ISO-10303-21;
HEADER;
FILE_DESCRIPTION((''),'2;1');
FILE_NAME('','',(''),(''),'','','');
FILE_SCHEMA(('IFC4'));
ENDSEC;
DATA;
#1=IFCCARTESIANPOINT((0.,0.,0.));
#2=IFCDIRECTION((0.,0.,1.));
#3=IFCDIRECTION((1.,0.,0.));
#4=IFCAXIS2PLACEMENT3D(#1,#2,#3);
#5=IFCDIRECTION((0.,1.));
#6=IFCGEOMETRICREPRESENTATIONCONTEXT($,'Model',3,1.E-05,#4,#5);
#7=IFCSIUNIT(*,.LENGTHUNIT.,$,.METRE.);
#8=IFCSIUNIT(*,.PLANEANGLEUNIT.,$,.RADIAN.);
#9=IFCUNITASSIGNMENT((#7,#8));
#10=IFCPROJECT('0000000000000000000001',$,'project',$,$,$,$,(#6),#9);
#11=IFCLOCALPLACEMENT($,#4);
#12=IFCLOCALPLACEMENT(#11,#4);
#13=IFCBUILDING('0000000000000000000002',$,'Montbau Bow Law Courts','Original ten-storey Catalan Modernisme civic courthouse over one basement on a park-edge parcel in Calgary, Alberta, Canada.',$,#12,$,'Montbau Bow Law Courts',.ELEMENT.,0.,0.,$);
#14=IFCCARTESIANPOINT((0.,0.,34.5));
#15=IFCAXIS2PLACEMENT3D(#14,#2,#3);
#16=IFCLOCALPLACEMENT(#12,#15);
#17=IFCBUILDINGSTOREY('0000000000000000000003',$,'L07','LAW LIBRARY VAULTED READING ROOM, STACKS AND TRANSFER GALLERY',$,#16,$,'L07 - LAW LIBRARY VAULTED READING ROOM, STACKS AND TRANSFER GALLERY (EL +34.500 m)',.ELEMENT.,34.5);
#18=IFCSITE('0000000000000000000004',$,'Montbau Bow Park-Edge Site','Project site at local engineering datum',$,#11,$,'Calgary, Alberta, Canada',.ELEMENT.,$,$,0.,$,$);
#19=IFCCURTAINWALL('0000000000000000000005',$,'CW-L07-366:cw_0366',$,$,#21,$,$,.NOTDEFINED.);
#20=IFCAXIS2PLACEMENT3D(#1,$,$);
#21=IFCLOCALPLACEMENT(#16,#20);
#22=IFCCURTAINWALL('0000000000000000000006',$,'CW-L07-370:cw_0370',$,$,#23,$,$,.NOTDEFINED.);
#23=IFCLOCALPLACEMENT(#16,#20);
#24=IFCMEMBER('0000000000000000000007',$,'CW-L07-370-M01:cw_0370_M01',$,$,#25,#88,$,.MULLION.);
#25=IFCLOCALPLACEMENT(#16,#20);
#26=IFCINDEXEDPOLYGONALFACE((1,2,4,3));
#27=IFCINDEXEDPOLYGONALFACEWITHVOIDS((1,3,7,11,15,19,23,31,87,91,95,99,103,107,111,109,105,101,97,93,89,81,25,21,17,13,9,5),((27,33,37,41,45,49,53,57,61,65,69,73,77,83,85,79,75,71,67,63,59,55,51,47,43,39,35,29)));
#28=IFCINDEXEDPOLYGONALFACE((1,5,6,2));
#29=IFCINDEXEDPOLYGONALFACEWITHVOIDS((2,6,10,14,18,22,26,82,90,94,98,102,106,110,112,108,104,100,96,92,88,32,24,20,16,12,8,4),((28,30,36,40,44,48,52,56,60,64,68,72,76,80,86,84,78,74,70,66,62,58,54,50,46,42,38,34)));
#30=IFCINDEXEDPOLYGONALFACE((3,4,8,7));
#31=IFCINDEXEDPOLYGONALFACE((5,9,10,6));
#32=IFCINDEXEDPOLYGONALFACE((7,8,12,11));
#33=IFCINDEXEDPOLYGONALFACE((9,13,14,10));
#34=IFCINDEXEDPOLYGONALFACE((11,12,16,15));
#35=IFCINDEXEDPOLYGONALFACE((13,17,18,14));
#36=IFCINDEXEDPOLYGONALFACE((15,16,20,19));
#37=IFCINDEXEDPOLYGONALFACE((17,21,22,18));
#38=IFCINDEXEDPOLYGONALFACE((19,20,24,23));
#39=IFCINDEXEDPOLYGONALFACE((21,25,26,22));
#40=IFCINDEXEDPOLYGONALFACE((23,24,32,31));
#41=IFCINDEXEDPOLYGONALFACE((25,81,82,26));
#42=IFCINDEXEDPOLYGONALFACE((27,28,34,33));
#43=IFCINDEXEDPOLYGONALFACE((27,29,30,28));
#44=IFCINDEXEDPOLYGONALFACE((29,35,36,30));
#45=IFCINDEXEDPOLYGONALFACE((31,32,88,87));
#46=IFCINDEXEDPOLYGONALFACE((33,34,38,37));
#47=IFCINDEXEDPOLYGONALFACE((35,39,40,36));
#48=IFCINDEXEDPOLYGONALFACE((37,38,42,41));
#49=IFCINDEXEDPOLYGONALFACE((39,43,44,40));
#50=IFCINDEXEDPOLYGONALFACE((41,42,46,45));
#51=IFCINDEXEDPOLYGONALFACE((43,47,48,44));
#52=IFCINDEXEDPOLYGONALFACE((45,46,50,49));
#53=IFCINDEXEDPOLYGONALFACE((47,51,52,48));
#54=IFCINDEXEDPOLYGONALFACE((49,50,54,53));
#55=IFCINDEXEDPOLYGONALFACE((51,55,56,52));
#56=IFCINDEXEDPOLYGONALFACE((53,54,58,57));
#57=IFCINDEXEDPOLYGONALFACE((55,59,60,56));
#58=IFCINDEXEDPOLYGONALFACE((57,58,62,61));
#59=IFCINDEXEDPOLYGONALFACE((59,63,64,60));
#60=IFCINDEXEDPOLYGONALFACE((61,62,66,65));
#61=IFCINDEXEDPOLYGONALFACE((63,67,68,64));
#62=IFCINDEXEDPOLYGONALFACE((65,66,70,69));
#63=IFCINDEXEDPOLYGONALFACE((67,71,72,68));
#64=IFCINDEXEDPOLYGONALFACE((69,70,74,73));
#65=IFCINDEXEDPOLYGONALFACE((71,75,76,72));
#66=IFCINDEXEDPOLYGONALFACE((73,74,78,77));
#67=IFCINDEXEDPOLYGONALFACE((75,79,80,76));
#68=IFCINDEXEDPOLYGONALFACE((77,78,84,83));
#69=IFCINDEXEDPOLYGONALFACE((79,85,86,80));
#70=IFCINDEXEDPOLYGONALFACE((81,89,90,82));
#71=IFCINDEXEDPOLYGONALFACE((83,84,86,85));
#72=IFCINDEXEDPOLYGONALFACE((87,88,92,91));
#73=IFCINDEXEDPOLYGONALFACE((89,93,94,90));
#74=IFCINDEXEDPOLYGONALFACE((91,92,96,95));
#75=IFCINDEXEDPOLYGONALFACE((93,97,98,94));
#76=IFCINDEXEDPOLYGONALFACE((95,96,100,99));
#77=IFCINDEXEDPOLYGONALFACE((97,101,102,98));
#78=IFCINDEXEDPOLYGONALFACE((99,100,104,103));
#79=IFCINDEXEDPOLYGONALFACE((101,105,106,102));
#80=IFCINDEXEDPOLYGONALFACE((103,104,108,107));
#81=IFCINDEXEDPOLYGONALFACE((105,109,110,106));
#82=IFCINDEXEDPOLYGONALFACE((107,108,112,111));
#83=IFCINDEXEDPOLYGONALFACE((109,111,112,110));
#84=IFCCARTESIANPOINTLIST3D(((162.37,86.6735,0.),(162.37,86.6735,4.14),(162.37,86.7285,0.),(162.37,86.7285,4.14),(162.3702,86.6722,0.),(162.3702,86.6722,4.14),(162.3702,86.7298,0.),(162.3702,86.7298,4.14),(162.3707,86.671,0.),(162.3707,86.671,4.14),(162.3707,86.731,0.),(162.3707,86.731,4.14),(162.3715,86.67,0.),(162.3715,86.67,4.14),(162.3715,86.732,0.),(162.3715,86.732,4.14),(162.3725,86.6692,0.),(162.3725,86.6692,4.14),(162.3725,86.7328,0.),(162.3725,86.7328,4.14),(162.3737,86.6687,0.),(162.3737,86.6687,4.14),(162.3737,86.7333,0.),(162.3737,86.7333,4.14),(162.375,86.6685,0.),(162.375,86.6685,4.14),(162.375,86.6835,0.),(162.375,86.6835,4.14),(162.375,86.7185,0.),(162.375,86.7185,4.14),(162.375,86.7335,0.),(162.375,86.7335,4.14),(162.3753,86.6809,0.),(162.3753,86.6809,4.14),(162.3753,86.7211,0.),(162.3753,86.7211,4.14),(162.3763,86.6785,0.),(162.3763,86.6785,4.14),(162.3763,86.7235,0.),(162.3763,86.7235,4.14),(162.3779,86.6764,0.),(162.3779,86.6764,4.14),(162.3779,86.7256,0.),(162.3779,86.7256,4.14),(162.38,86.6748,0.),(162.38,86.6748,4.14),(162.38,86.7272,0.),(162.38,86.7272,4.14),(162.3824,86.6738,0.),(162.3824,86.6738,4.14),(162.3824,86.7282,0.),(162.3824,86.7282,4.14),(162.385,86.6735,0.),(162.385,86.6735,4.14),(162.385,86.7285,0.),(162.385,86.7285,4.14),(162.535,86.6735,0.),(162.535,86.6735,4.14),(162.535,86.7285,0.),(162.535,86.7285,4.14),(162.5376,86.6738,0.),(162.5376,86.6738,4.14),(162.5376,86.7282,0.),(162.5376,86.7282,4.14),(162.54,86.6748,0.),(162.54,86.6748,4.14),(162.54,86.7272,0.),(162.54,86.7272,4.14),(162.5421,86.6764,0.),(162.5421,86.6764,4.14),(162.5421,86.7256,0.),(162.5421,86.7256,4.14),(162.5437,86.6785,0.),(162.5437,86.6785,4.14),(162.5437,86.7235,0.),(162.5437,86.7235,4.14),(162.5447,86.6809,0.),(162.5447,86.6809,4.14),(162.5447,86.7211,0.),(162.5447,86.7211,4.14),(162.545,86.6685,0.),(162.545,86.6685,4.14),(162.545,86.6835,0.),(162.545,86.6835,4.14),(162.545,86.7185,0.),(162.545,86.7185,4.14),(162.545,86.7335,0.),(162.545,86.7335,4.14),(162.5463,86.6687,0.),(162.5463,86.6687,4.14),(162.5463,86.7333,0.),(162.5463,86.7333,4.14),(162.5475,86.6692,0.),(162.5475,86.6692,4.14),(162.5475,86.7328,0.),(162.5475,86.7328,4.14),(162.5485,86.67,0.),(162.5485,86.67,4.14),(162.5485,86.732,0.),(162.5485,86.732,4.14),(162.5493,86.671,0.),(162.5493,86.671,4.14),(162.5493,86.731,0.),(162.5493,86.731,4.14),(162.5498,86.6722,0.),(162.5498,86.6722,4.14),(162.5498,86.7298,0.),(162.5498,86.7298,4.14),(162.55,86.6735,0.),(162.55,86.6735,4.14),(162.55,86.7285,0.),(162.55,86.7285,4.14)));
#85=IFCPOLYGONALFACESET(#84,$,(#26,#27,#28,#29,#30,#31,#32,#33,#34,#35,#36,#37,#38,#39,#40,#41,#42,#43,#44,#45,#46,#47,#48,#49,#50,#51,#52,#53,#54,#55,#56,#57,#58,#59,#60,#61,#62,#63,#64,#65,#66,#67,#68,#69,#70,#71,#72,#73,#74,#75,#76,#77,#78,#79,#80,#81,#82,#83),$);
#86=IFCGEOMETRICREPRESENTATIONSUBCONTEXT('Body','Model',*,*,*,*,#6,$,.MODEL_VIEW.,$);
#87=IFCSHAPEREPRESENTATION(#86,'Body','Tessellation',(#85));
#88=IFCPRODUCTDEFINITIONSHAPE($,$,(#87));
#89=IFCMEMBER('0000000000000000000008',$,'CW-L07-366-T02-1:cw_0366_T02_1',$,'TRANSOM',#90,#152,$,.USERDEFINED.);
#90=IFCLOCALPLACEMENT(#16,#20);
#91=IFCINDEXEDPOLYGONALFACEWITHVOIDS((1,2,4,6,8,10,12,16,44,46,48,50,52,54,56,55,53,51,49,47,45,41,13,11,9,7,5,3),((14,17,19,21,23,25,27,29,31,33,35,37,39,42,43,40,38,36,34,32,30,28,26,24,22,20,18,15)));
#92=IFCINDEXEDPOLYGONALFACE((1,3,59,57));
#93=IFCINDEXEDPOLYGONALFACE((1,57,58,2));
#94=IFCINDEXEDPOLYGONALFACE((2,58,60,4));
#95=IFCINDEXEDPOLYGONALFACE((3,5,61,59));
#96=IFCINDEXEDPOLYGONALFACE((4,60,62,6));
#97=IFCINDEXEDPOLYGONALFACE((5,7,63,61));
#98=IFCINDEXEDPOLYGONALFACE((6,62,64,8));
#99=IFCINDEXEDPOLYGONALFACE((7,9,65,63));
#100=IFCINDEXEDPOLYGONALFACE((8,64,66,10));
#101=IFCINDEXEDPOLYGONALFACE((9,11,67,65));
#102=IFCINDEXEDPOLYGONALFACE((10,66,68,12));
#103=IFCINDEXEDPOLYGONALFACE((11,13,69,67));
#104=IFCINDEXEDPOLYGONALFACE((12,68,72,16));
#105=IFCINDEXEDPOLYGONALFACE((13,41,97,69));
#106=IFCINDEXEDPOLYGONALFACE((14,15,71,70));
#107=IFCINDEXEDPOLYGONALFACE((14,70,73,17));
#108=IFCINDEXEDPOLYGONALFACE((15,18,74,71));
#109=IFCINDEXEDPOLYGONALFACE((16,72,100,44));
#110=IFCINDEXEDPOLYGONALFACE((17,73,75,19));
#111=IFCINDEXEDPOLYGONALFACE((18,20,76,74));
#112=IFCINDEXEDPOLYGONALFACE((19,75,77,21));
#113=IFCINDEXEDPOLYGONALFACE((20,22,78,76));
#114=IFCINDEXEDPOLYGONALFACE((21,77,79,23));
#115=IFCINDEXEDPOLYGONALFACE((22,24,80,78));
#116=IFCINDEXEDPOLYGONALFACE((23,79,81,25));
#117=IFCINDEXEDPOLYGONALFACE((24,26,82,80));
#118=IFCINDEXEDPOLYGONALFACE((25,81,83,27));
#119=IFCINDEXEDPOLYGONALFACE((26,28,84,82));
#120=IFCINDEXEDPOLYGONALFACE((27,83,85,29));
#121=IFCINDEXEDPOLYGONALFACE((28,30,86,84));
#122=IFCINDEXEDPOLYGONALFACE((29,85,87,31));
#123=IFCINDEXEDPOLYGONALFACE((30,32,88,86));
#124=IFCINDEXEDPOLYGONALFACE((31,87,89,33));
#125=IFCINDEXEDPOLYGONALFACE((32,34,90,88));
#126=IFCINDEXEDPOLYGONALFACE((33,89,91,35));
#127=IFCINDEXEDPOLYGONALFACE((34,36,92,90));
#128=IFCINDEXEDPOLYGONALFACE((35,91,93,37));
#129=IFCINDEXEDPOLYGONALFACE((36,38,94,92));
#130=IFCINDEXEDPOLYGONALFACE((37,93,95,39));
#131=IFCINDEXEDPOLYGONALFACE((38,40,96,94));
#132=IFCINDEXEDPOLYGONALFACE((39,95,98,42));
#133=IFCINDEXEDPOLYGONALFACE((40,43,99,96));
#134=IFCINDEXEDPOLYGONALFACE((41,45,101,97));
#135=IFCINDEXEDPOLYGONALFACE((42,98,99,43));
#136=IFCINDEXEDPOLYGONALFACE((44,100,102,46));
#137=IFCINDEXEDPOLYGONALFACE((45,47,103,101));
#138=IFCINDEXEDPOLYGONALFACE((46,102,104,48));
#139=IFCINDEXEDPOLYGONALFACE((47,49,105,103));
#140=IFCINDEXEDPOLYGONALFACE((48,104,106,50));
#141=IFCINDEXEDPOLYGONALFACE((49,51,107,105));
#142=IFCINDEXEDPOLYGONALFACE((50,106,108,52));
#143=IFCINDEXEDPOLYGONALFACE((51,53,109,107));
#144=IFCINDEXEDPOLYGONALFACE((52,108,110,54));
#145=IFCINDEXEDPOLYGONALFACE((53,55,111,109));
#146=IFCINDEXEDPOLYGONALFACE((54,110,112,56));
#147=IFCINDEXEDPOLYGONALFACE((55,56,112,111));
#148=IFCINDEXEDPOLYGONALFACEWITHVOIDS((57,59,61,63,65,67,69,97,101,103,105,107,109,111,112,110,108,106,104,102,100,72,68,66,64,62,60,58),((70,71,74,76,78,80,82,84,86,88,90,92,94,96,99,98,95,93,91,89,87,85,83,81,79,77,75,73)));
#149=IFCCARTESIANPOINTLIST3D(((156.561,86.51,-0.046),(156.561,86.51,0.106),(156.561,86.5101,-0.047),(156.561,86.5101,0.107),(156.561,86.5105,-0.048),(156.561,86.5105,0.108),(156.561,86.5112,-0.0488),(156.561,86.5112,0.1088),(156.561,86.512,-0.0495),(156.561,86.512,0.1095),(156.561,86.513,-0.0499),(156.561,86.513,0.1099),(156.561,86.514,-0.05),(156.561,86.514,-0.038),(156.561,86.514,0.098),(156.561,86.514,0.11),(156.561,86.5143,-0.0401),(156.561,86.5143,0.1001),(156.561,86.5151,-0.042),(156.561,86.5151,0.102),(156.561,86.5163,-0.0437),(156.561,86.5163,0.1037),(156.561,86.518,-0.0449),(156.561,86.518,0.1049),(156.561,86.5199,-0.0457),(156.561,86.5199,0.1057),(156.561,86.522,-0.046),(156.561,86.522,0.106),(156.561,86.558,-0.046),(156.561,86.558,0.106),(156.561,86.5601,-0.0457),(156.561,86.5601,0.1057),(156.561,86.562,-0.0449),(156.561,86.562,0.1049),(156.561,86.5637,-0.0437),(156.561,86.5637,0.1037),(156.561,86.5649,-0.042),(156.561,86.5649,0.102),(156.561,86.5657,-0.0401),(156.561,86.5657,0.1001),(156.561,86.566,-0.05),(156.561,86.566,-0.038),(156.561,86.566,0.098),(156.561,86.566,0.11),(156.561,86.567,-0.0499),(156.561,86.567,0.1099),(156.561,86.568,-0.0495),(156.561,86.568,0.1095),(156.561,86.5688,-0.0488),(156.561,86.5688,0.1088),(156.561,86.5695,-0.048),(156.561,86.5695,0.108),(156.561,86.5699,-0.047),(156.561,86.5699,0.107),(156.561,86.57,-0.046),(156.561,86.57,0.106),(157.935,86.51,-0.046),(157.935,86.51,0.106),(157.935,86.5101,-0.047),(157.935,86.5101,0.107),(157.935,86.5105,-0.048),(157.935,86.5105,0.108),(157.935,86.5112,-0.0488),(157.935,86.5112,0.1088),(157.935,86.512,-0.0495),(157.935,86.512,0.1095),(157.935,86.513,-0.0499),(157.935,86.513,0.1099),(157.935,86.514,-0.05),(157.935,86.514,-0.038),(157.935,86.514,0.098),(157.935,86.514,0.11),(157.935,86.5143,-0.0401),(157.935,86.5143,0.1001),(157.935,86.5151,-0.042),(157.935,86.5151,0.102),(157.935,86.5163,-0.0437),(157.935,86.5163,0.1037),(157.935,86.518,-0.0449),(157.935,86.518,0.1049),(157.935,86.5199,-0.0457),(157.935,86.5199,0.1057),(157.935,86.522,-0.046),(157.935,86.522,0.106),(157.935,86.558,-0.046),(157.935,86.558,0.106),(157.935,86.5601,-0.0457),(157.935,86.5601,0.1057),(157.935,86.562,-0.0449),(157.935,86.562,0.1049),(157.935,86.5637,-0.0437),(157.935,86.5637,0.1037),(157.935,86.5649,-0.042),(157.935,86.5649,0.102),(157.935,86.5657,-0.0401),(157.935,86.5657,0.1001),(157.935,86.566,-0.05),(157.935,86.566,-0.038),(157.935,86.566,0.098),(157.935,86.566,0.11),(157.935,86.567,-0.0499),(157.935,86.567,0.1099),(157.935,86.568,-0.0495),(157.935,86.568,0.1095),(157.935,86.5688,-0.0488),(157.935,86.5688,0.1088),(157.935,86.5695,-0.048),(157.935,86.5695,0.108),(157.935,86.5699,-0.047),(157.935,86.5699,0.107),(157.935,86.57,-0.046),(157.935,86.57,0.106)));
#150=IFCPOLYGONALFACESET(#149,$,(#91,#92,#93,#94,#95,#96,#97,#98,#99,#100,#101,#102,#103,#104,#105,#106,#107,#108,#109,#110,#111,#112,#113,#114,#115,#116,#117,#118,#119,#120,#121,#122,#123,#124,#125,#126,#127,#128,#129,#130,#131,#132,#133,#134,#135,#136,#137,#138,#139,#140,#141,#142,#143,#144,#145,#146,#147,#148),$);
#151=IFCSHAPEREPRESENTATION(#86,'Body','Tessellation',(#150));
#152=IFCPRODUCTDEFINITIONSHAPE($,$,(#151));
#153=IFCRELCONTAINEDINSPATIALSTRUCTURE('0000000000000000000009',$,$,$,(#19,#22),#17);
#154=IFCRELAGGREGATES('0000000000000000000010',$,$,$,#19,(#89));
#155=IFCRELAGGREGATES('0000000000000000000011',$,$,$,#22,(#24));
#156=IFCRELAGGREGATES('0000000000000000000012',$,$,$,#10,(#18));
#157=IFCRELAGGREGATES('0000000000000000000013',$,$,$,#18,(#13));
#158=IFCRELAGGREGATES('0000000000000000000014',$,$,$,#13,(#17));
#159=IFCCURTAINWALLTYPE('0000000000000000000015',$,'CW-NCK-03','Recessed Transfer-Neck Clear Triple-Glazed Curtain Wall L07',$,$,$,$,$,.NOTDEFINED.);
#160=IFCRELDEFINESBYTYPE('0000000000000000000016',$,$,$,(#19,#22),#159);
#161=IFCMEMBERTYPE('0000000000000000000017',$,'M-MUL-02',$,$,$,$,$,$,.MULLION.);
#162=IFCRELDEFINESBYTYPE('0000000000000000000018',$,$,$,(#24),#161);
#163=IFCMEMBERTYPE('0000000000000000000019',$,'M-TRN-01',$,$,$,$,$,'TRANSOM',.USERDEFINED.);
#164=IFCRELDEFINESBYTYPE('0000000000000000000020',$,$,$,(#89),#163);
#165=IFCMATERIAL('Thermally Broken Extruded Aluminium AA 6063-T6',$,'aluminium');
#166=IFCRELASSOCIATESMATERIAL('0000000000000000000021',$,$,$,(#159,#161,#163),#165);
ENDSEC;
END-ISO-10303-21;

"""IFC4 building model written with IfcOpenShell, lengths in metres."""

from ifc_helpers import new_model, si_unit, direction, frame, origin_with_axes, origin_2d_with_axis, place, context, subcontext, project, spatial, hollow_rectangle, extrude, material, material_profile, profile_set, type_object, element, aggregate, save


model = new_model("IFC4")

# Units and contexts
model_context = context("Model", 3, precision=1e-05, world=origin_with_axes(), true_north=direction((0.0, 1.0)))
body_context = subcontext(model_context, "Body", "Model", "MODEL_VIEW")
ifc_project = project(units=[si_unit("LENGTHUNIT", "METRE"), si_unit("PLANEANGLEUNIT", "RADIAN")], contexts=[model_context])

# Site, building, storey
site_placement = place(None, origin_with_axes())
site = spatial("IfcSite", under=ifc_project, at=site_placement, Name="Montbau Bow Park-Edge Site", Description="Project site at local engineering datum", LongName="Calgary, Alberta, Canada", CompositionType="ELEMENT", RefElevation=0.0)
building_placement = place(site_placement, origin_with_axes())
building = spatial("IfcBuilding", under=site, at=building_placement, Name="Montbau Bow Law Courts", Description="Original ten-storey Catalan Modernisme civic courthouse over one basement on a park-edge parcel in Calgary, Alberta, Canada.", LongName="Montbau Bow Law Courts", CompositionType="ELEMENT", ElevationOfRefHeight=0.0, ElevationOfTerrain=0.0)
storey_placement = place(building_placement, frame((0.0, 0.0, 34.5), z_axis=(0.0, 0.0, 1.0), x_axis=(1.0, 0.0, 0.0)))
storey = spatial("IfcBuildingStorey", under=building, at=storey_placement, Name="L07", Description="LAW LIBRARY VAULTED READING ROOM, STACKS AND TRANSFER GALLERY", LongName="L07 - LAW LIBRARY VAULTED READING ROOM, STACKS AND TRANSFER GALLERY (EL +34.500 m)", CompositionType="ELEMENT", Elevation=34.5)

# Curtain wall
ifc_material_1 = material(Name="Thermally Broken Extruded Aluminium AA 6063-T6", Category="aluminium")
curtain_wall_type = type_object("IfcCurtainWallType", Name="CW-NCK-03", Description="Recessed Transfer-Neck Clear Triple-Glazed Curtain Wall L07", PredefinedType="NOTDEFINED", material=ifc_material_1)
curtain_wall_1_placement = place(None, frame((155.068, 86.54, 34.5), z_axis=(0.0, 0.0, 1.0), x_axis=(1.0, 0.0, 0.0)))
curtain_wall_1 = element("IfcCurtainWall", 1, at=curtain_wall_1_placement, inside=storey, type_object=curtain_wall_type, Name="CW-L07-366:cw_0366", PredefinedType="NOTDEFINED")

# Curtain wall, member
curtain_wall_2_placement = place(None, frame((162.46, 86.668, 34.5), z_axis=(0.0, 0.0, 1.0), x_axis=(1.0, 0.0, 0.0)))
curtain_wall_2 = element("IfcCurtainWall", 2, at=curtain_wall_2_placement, inside=storey, type_object=curtain_wall_type, Name="CW-L07-370:cw_0370", PredefinedType="NOTDEFINED")
ifc_material_profile_1 = material_profile(ifc_material_1, hollow_rectangle(XDim=0.065, YDim=0.18, WallThickness=0.005, InnerFilletRadius=0.01, OuterFilletRadius=0.005, at=origin_2d_with_axis()), Name="CWM-180X65", Category="Main", Priority=0)
ifc_profile_set_1 = profile_set([ifc_material_profile_1], Name="Thermally Broken Extruded Aluminium AA 6063-T6")
member_type_1 = type_object("IfcMemberType", Name="M-MUL-02", PredefinedType="MULLION", material=ifc_profile_set_1)
member_1_placement = place(None, frame((162.46, 86.701, 34.5), z_axis=(0.0, 0.0, 1.0), x_axis=(0.0, 1.0, 0.0)))
member_1 = element("IfcMember", 3, at=member_1_placement, type_object=member_type_1, Name="CW-L07-370-M01:cw_0370_M01", PredefinedType="MULLION", context=body_context, shape_type="SweptSolid", body=[
    extrude(hollow_rectangle(XDim=0.065, YDim=0.18, WallThickness=0.005, InnerFilletRadius=0.01, OuterFilletRadius=0.005, at=origin_2d_with_axis()), origin_with_axes(), (0.0, 0.0, 1.0), 4.14),
])

# Member
ifc_material_profile_2 = material_profile(ifc_material_1, hollow_rectangle(XDim=0.06, YDim=0.16, WallThickness=0.004, InnerFilletRadius=0.008, OuterFilletRadius=0.004, at=origin_2d_with_axis()), Name="CWT-160X60", Category="Main", Priority=0)
ifc_profile_set_2 = profile_set([ifc_material_profile_2], Name="Thermally Broken Extruded Aluminium AA 6063-T6")
member_type_2 = type_object("IfcMemberType", Name="M-TRN-01", ElementType="TRANSOM", PredefinedType="USERDEFINED", material=ifc_profile_set_2)
member_2_placement = place(None, frame((156.561, 86.54, 34.53), z_axis=(1.0, 0.0, 0.0), x_axis=(0.0, 1.0, 0.0)))
member_2 = element("IfcMember", 4, at=member_2_placement, type_object=member_type_2, Name="CW-L07-366-T02-1:cw_0366_T02_1", ObjectType="TRANSOM", PredefinedType="USERDEFINED", context=body_context, shape_type="SweptSolid", body=[
    extrude(hollow_rectangle(XDim=0.06, YDim=0.16, WallThickness=0.004, InnerFilletRadius=0.008, OuterFilletRadius=0.004, at=origin_2d_with_axis()), origin_with_axes(), (0.0, 0.0, 1.0), 1.374),
])

aggregate(curtain_wall_1, [member_2])
aggregate(curtain_wall_2, [member_1])

save(model, "model.ifc")
